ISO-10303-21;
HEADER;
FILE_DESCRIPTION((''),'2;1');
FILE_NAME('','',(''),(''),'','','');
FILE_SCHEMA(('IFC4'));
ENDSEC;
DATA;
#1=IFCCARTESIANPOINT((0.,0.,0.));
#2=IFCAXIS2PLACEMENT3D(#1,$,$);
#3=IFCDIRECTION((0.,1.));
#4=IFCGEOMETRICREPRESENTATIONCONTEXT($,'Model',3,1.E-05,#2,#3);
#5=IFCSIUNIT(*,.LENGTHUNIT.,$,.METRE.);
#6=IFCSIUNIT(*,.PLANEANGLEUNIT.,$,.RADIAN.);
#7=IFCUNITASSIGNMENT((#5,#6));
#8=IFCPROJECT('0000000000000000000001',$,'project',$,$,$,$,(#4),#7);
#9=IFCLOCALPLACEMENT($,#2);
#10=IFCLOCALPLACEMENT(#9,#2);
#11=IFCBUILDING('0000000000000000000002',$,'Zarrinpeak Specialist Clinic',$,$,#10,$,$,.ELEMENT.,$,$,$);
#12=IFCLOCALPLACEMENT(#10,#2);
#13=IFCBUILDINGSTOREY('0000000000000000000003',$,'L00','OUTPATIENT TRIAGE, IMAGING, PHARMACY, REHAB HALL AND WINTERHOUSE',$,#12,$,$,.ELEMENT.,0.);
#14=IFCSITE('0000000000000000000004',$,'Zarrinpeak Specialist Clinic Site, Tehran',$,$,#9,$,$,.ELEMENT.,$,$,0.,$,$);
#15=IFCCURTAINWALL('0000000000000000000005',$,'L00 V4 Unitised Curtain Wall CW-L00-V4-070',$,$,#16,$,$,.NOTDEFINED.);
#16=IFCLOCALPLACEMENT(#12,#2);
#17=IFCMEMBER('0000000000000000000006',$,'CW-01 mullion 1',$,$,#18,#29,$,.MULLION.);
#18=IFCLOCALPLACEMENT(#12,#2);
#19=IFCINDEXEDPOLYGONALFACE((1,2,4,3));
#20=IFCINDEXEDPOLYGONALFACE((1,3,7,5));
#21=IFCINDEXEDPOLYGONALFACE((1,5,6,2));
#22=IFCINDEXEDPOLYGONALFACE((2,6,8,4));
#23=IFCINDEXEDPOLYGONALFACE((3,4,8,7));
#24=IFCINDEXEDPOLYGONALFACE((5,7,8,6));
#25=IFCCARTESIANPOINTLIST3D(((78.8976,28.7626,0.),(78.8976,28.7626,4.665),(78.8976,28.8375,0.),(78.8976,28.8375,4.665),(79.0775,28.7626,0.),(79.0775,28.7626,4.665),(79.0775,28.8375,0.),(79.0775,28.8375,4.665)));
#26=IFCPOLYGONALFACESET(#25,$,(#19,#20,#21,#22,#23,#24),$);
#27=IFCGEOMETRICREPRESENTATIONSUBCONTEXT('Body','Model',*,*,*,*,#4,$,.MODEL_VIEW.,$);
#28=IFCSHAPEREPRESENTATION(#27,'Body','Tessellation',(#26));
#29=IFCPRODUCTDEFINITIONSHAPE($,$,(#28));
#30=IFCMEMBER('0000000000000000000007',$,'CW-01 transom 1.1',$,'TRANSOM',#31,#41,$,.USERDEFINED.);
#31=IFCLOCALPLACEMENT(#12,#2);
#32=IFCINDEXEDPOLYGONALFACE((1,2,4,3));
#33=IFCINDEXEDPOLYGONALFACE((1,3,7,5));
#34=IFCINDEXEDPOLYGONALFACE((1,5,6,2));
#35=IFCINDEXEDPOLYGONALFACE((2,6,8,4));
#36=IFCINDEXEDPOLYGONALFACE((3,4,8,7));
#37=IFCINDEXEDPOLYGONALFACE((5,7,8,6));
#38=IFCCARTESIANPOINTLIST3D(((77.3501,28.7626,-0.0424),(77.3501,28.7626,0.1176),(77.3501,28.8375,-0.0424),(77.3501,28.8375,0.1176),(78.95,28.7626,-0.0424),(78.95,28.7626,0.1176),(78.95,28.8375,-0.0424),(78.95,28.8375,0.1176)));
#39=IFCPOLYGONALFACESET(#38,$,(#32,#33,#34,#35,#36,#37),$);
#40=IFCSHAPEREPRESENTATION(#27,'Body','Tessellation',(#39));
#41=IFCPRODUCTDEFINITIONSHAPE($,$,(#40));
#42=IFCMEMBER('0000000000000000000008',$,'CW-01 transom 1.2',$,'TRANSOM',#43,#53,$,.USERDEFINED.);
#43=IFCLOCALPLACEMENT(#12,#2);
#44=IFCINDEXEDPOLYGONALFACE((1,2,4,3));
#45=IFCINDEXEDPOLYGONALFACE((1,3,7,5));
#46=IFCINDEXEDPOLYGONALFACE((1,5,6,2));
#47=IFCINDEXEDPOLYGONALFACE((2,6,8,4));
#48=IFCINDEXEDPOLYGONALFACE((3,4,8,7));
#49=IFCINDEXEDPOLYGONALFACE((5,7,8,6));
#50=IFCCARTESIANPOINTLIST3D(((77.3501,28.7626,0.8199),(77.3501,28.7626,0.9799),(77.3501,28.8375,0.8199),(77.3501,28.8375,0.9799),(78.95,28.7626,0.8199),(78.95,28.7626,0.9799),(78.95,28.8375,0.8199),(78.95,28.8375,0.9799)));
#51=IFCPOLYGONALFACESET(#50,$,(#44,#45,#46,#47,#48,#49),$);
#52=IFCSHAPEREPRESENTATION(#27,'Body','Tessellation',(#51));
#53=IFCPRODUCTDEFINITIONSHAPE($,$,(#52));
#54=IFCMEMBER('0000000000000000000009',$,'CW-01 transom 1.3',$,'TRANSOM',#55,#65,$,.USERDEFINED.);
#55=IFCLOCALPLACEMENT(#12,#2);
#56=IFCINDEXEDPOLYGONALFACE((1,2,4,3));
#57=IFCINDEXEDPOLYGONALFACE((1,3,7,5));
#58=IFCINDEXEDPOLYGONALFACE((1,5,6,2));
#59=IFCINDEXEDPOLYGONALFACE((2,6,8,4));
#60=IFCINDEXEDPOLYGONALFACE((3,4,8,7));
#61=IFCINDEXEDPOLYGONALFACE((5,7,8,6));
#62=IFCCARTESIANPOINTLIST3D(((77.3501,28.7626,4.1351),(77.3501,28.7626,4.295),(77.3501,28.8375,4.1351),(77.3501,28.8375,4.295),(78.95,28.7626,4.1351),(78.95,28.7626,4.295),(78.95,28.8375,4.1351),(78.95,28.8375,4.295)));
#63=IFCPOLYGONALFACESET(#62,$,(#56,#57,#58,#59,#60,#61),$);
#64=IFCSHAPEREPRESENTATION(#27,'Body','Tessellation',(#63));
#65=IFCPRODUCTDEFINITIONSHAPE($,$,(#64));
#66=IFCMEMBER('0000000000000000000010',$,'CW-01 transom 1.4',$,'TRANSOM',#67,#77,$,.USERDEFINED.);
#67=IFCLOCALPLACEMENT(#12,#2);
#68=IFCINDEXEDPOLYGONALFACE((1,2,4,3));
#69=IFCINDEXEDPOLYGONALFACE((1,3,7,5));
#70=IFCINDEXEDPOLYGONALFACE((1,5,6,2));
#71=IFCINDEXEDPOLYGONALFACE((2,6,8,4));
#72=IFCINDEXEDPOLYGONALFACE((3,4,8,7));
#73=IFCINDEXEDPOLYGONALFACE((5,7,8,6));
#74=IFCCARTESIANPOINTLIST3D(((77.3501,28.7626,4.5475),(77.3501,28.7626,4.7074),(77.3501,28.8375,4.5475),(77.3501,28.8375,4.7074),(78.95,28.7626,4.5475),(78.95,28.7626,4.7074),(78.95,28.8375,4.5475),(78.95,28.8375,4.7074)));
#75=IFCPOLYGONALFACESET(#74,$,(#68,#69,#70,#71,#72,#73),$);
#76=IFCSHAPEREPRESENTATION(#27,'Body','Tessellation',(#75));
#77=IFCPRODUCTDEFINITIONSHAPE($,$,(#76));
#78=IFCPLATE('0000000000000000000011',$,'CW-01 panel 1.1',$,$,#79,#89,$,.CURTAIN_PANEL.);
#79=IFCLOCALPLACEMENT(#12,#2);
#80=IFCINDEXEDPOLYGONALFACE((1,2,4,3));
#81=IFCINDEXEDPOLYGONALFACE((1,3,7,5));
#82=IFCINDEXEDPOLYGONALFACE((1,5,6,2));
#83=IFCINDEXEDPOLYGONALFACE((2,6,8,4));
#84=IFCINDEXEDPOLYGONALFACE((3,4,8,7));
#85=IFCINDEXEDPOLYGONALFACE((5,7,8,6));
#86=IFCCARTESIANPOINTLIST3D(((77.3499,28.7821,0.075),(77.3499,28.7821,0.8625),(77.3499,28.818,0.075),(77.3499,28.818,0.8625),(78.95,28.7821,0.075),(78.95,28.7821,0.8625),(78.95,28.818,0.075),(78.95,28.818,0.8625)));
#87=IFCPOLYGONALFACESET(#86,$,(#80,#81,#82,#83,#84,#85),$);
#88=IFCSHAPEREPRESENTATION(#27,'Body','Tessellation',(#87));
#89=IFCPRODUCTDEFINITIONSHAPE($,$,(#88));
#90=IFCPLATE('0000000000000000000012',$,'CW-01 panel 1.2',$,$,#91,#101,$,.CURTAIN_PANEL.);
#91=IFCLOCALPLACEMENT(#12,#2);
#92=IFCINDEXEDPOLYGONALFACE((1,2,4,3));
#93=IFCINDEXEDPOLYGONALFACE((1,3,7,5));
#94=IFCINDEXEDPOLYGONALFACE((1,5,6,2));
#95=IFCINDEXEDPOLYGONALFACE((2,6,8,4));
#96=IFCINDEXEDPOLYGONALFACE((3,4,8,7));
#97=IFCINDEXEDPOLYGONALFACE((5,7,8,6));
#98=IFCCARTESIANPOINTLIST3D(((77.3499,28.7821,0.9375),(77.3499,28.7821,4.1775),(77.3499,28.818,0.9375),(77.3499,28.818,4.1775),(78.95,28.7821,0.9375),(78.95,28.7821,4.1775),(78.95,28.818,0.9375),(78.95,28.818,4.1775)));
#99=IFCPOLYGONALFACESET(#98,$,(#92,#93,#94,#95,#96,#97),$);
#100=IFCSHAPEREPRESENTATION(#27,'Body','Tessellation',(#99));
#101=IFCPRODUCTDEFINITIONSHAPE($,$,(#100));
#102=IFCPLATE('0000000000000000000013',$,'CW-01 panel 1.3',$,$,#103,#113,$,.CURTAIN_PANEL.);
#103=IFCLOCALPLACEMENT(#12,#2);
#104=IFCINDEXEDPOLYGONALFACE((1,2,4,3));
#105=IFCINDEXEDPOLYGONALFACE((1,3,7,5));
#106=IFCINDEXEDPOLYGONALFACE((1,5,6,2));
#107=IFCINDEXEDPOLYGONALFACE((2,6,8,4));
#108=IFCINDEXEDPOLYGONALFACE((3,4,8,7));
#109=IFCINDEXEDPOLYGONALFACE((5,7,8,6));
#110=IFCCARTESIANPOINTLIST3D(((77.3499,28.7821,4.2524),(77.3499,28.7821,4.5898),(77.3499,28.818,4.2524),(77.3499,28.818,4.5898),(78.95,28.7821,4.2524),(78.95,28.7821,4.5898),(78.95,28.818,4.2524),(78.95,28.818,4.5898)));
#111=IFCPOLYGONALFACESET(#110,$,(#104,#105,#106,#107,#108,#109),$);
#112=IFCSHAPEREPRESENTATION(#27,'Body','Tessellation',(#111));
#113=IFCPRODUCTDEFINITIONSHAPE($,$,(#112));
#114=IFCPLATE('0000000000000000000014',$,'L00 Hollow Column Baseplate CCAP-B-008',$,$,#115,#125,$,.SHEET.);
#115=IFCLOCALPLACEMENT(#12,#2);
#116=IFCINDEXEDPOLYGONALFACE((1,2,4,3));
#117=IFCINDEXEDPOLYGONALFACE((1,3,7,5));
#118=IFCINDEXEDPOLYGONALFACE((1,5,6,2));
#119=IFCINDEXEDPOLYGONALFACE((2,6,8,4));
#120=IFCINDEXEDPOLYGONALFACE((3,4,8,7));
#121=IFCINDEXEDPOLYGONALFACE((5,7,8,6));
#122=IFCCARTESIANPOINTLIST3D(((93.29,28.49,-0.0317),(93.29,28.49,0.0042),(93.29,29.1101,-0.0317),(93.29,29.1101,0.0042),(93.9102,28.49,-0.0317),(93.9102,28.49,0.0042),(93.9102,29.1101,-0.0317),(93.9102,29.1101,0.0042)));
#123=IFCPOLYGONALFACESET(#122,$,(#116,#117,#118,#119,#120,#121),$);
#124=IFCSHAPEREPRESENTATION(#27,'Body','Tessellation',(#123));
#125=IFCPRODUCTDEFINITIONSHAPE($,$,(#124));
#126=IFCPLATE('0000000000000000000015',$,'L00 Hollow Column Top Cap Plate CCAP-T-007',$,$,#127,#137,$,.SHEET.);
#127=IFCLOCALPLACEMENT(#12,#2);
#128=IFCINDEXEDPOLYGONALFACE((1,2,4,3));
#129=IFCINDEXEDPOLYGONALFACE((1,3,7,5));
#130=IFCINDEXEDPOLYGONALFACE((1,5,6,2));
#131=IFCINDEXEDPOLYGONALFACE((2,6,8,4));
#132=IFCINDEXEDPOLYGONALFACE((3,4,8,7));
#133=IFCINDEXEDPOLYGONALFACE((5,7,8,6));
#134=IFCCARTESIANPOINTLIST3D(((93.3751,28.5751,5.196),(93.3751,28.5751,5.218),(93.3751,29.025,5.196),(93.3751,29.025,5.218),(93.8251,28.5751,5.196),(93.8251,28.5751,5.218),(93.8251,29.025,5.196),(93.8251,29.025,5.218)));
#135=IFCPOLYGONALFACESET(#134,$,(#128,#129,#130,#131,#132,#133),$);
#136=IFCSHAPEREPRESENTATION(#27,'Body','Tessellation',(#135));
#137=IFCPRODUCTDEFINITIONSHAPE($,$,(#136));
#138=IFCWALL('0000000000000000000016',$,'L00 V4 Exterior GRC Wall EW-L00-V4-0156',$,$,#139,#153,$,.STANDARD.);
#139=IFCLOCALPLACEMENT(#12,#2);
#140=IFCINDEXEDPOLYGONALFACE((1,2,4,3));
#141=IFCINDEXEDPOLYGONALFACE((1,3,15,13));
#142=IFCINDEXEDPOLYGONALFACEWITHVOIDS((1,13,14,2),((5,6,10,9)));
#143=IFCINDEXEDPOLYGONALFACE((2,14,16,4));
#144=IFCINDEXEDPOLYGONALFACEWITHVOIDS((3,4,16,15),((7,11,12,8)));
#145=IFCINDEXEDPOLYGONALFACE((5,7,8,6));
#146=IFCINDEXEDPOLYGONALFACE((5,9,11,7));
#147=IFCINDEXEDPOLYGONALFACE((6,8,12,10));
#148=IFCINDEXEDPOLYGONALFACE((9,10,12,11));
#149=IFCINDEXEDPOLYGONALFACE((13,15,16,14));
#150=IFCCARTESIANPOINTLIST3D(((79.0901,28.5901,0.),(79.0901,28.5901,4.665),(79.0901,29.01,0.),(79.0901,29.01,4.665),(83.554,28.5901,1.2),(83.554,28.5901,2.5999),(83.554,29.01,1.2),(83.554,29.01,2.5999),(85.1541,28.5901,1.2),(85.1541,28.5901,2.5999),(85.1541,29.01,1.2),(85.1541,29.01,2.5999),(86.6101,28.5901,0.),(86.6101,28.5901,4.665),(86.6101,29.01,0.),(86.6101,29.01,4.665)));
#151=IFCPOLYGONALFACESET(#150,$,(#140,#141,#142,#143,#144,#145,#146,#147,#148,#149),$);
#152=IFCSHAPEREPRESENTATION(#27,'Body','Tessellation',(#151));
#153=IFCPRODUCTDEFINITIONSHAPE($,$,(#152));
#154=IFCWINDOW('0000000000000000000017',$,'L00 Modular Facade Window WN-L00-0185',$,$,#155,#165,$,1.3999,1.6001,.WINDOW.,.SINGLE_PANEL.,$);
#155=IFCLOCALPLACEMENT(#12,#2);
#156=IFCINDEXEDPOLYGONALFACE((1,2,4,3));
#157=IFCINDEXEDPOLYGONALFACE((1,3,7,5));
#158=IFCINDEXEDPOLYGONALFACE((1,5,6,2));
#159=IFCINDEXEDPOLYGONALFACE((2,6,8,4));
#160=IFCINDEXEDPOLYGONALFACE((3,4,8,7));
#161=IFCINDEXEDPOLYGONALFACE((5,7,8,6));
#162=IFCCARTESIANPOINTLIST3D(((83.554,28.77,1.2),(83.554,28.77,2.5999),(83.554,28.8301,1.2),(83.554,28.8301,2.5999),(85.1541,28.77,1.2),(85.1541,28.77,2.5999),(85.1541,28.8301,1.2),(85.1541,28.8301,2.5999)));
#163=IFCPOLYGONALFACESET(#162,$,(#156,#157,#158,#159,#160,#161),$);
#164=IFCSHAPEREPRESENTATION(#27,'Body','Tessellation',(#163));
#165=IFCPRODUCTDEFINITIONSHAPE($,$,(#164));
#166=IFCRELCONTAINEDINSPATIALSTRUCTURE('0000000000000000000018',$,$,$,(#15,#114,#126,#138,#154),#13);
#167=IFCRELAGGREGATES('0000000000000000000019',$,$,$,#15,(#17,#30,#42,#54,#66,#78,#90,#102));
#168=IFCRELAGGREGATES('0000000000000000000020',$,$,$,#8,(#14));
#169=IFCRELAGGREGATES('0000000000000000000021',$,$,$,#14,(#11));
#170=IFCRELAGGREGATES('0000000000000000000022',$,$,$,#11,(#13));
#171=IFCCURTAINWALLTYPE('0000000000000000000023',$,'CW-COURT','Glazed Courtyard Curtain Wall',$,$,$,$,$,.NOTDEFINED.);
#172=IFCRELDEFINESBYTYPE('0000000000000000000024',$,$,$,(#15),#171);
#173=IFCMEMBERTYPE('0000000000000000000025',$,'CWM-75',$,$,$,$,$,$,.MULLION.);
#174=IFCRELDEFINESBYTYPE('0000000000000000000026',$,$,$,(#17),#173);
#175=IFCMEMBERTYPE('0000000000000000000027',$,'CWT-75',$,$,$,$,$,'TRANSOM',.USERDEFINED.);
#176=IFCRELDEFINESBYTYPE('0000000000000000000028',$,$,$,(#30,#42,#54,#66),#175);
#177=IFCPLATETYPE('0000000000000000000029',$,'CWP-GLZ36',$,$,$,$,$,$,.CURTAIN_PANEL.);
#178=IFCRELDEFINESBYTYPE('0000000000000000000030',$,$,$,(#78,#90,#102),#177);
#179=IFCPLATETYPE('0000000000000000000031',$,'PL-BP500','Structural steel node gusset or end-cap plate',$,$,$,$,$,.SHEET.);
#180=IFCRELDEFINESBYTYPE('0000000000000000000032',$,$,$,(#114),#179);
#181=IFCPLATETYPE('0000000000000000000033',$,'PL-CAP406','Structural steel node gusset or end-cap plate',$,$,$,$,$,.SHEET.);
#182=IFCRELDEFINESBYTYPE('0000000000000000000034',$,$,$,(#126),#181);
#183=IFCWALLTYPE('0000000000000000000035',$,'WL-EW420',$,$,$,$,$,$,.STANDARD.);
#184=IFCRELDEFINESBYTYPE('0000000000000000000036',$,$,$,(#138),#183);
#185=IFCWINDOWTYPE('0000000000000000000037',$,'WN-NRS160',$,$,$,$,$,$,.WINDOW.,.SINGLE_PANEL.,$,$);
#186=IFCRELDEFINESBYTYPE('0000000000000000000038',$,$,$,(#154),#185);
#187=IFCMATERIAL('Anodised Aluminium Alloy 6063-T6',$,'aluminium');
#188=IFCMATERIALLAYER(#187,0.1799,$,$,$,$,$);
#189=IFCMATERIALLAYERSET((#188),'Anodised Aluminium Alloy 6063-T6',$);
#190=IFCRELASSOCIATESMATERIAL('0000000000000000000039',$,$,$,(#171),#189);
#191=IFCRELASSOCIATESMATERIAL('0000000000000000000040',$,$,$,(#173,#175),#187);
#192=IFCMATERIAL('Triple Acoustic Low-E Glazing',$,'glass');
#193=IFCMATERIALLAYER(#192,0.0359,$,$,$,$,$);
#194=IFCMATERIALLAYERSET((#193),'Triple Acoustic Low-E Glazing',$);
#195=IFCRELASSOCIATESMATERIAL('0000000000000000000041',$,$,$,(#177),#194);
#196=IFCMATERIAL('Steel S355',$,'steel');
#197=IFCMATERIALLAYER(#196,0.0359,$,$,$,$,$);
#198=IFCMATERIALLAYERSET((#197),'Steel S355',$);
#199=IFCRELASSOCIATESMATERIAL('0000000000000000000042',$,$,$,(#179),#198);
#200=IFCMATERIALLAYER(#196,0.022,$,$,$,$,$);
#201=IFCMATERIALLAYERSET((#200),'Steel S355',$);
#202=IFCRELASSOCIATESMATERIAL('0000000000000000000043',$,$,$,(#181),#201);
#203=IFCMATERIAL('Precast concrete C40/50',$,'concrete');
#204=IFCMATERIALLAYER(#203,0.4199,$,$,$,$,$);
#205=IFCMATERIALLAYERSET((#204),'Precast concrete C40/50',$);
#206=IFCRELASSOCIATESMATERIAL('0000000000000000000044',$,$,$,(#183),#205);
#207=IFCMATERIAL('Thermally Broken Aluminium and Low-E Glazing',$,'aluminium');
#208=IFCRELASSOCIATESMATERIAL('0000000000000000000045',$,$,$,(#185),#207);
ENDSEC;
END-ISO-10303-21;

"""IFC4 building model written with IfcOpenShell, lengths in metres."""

from ifc_helpers import new_model, si_unit, direction, frame, frame_2d, origin, origin_2d, place, context, subcontext, project, spatial, rectangle, extrude, material, layer, layer_set, material_profile, profile_set, type_object, element, fill, aggregate, save


model = new_model("IFC4")

# Units and contexts
model_context = context("Model", 3, precision=1e-05, world=origin(), true_north=direction((0.0, 1.0)))
body_context = subcontext(model_context, "Body", "Model", "MODEL_VIEW")
ifc_project = project(units=[si_unit("LENGTHUNIT", "METRE"), si_unit("PLANEANGLEUNIT", "RADIAN")], contexts=[model_context])

# Site, building, storey
site_placement = place(None, origin())
site = spatial("IfcSite", under=ifc_project, at=site_placement, Name="Zarrinpeak Specialist Clinic Site, Tehran", CompositionType="ELEMENT", RefElevation=0.0)
building_placement = place(site_placement, origin())
building = spatial("IfcBuilding", under=site, at=building_placement, Name="Zarrinpeak Specialist Clinic", CompositionType="ELEMENT")
storey_placement = place(building_placement, origin())
storey = spatial("IfcBuildingStorey", under=building, at=storey_placement, Name="L00", Description="OUTPATIENT TRIAGE, IMAGING, PHARMACY, REHAB HALL AND WINTERHOUSE", CompositionType="ELEMENT", Elevation=0.0)

# Shared definitions
ifc_material_1 = material(Name="Steel S355", Category="steel")

# Curtain wall, members, plates
ifc_material_2 = material(Name="Anodised Aluminium Alloy 6063-T6", Category="aluminium")
ifc_layer_1 = layer(ifc_material_2, 0.1799)
ifc_layer_set_1 = layer_set([ifc_layer_1], Name="Anodised Aluminium Alloy 6063-T6")
curtain_wall_type = type_object("IfcCurtainWallType", Name="CW-COURT", Description="Glazed Courtyard Curtain Wall", PredefinedType="NOTDEFINED", material=ifc_layer_set_1)
curtain_wall_placement = place(storey_placement, origin())
curtain_wall = element("IfcCurtainWall", 1, at=curtain_wall_placement, inside=storey, type_object=curtain_wall_type, Name="L00 V4 Unitised Curtain Wall CW-L00-V4-070", PredefinedType="NOTDEFINED")
ifc_material_profile_1 = material_profile(ifc_material_2, rectangle(XDim=0.075, YDim=0.1799, at=origin_2d()), Name="ALU 75x180")
ifc_profile_set_1 = profile_set([ifc_material_profile_1], Name="Anodised Aluminium Alloy 6063-T6")
member_type_1 = type_object("IfcMemberType", Name="CWM-75", PredefinedType="MULLION", material=ifc_profile_set_1)
member_1_placement = place(storey_placement, frame((78.9875, 28.8, 0.0), z_axis=(0.0, 0.0, 1.0), x_axis=(0.0, -1.0, 0.0)))
member_1 = element("IfcMember", 2, at=member_1_placement, type_object=member_type_1, Name="CW-01 mullion 1", PredefinedType="MULLION", context=body_context, shape_type="SweptSolid", body=[
    extrude(rectangle(XDim=0.075, YDim=0.1799, at=origin_2d()), origin(), (0.0, 0.0, 1.0), 4.665),
])
ifc_material_profile_2 = material_profile(ifc_material_2, rectangle(XDim=0.075, YDim=0.1599, at=origin_2d()), Name="ALU 75x160")
ifc_profile_set_2 = profile_set([ifc_material_profile_2], Name="Anodised Aluminium Alloy 6063-T6")
member_type_2 = type_object("IfcMemberType", Name="CWT-75", ElementType="TRANSOM", PredefinedType="USERDEFINED", material=ifc_profile_set_2)
member_2_placement = place(storey_placement, frame((78.95, 28.8, 0.0376), z_axis=(-1.0, 0.0, 0.0), x_axis=(0.0, -1.0, 0.0)))
member_2 = element("IfcMember", 3, at=member_2_placement, type_object=member_type_2, Name="CW-01 transom 1.1", ObjectType="TRANSOM", PredefinedType="USERDEFINED", context=body_context, shape_type="SweptSolid", body=[
    extrude(rectangle(XDim=0.075, YDim=0.1599, at=origin_2d()), origin(), (0.0, 0.0, 1.0), 1.5999),
])
member_3_placement = place(storey_placement, frame((78.95, 28.8, 0.8999), z_axis=(-1.0, 0.0, 0.0), x_axis=(0.0, -1.0, 0.0)))
member_3 = element("IfcMember", 4, at=member_3_placement, type_object=member_type_2, Name="CW-01 transom 1.2", ObjectType="TRANSOM", PredefinedType="USERDEFINED", context=body_context, shape_type="SweptSolid", body=[
    extrude(rectangle(XDim=0.075, YDim=0.1599, at=origin_2d()), origin(), (0.0, 0.0, 1.0), 1.5999),
])
member_4_placement = place(storey_placement, frame((78.95, 28.8, 4.2151), z_axis=(-1.0, 0.0, 0.0), x_axis=(0.0, -1.0, 0.0)))
member_4 = element("IfcMember", 5, at=member_4_placement, type_object=member_type_2, Name="CW-01 transom 1.3", ObjectType="TRANSOM", PredefinedType="USERDEFINED", context=body_context, shape_type="SweptSolid", body=[
    extrude(rectangle(XDim=0.075, YDim=0.1599, at=origin_2d()), origin(), (0.0, 0.0, 1.0), 1.5999),
])
member_5_placement = place(storey_placement, frame((78.95, 28.8, 4.6274), z_axis=(-1.0, 0.0, 0.0), x_axis=(0.0, -1.0, 0.0)))
member_5 = element("IfcMember", 6, at=member_5_placement, type_object=member_type_2, Name="CW-01 transom 1.4", ObjectType="TRANSOM", PredefinedType="USERDEFINED", context=body_context, shape_type="SweptSolid", body=[
    extrude(rectangle(XDim=0.075, YDim=0.1599, at=origin_2d()), origin(), (0.0, 0.0, 1.0), 1.5999),
])
ifc_material_3 = material(Name="Triple Acoustic Low-E Glazing", Category="glass")
ifc_layer_2 = layer(ifc_material_3, 0.0359)
ifc_layer_set_2 = layer_set([ifc_layer_2], Name="Triple Acoustic Low-E Glazing")
plate_type_1 = type_object("IfcPlateType", Name="CWP-GLZ36", PredefinedType="CURTAIN_PANEL", material=ifc_layer_set_2)
plate_1_placement = place(storey_placement, frame((78.1499, 28.8, 0.075), z_axis=(0.0, 0.0, 1.0), x_axis=(-1.0, 0.0, 0.0)))
plate_1 = element("IfcPlate", 7, at=plate_1_placement, type_object=plate_type_1, Name="CW-01 panel 1.1", PredefinedType="CURTAIN_PANEL", context=body_context, shape_type="SweptSolid", body=[
    extrude(rectangle(XDim=1.6001, YDim=0.0359, at=origin_2d()), origin(), (0.0, 0.0, 1.0), 0.7876),
])
plate_2_placement = place(storey_placement, frame((78.1499, 28.8, 0.9375), z_axis=(0.0, 0.0, 1.0), x_axis=(-1.0, 0.0, 0.0)))
plate_2 = element("IfcPlate", 8, at=plate_2_placement, type_object=plate_type_1, Name="CW-01 panel 1.2", PredefinedType="CURTAIN_PANEL", context=body_context, shape_type="SweptSolid", body=[
    extrude(rectangle(XDim=1.6001, YDim=0.0359, at=origin_2d()), origin(), (0.0, 0.0, 1.0), 3.24),
])
plate_3_placement = place(storey_placement, frame((78.1499, 28.8, 4.2524), z_axis=(0.0, 0.0, 1.0), x_axis=(-1.0, 0.0, 0.0)))
plate_3 = element("IfcPlate", 9, at=plate_3_placement, type_object=plate_type_1, Name="CW-01 panel 1.3", PredefinedType="CURTAIN_PANEL", context=body_context, shape_type="SweptSolid", body=[
    extrude(rectangle(XDim=1.6001, YDim=0.0359, at=origin_2d()), origin(), (0.0, 0.0, 1.0), 0.3374),
])
aggregate(curtain_wall, [member_1, member_2, member_3, member_4, member_5, plate_1, plate_2, plate_3])

# Plates
ifc_layer_3 = layer(ifc_material_1, 0.0359)
ifc_layer_set_3 = layer_set([ifc_layer_3], Name="Steel S355")
plate_type_2 = type_object("IfcPlateType", Name="PL-BP500", Description="Structural steel node gusset or end-cap plate", PredefinedType="SHEET", material=ifc_layer_set_3)
plate_4_placement = place(storey_placement, frame((93.6001, 28.8, -0.0317), z_axis=(0.0, 0.0, 1.0), x_axis=(1.0, 0.0, 0.0)))
element("IfcPlate", 10, at=plate_4_placement, inside=storey, type_object=plate_type_2, Name="L00 Hollow Column Baseplate CCAP-B-008", PredefinedType="SHEET", context=body_context, shape_type="SweptSolid", body=[
    extrude(rectangle(XDim=0.6201, YDim=0.6201, at=origin_2d()), origin(), (0.0, 0.0, 1.0), 0.0359),
])
ifc_layer_4 = layer(ifc_material_1, 0.022)
ifc_layer_set_4 = layer_set([ifc_layer_4], Name="Steel S355")
plate_type_3 = type_object("IfcPlateType", Name="PL-CAP406", Description="Structural steel node gusset or end-cap plate", PredefinedType="SHEET", material=ifc_layer_set_4)
plate_5_placement = place(storey_placement, frame((93.6001, 28.8, 5.196), z_axis=(0.0, 0.0, 1.0), x_axis=(1.0, 0.0, 0.0)))
element("IfcPlate", 11, at=plate_5_placement, inside=storey, type_object=plate_type_3, Name="L00 Hollow Column Top Cap Plate CCAP-T-007", PredefinedType="SHEET", context=body_context, shape_type="SweptSolid", body=[
    extrude(rectangle(XDim=0.45, YDim=0.45, at=origin_2d()), origin(), (0.0, 0.0, 1.0), 0.022),
])

# Wall, opening, window
ifc_material_4 = material(Name="Precast concrete C40/50", Category="concrete")
ifc_layer_5 = layer(ifc_material_4, 0.4199)
ifc_layer_set_5 = layer_set([ifc_layer_5], Name="Precast concrete C40/50")
wall_type = type_object("IfcWallType", Name="WL-EW420", PredefinedType="STANDARD", material=ifc_layer_set_5)
wall_placement = place(storey_placement, frame((86.6101, 28.8, 0.0), z_axis=(0.0, 0.0, 1.0), x_axis=(-1.0, 0.0, 0.0)))
wall = element("IfcWall", 12, at=wall_placement, inside=storey, type_object=wall_type, Name="L00 V4 Exterior GRC Wall EW-L00-V4-0156", PredefinedType="STANDARD", context=body_context, shape_type="SweptSolid", body=[
    extrude(rectangle(XDim=7.52, YDim=0.4199, at=frame_2d((3.76, 0.0))), origin(), (0.0, 0.0, 1.0), 4.665),
])
opening_placement = place(wall_placement, frame((1.4561, 0.0, 1.2)))
opening = element("IfcOpeningElement", 13, at=opening_placement, cuts=wall, PredefinedType="OPENING", context=body_context, shape_type="SweptSolid", body=[
    extrude(rectangle(XDim=1.6001, YDim=1.3999, at=frame_2d((0.8, 0.7))), frame((0.0, 0.22, 0.0), z_axis=(0.0, -1.0, 0.0), x_axis=(1.0, 0.0, 0.0)), (0.0, 0.0, 1.0), 0.4399),
])
ifc_material_5 = material(Name="Thermally Broken Aluminium and Low-E Glazing", Category="aluminium")
window_type = type_object("IfcWindowType", Name="WN-NRS160", PartitioningType="SINGLE_PANEL", PredefinedType="WINDOW", material=ifc_material_5)
window_placement = place(opening_placement, origin())
window = element("IfcWindow", 14, at=window_placement, inside=storey, type_object=window_type, Name="L00 Modular Facade Window WN-L00-0185", OverallHeight=1.3999, OverallWidth=1.6001, PartitioningType="SINGLE_PANEL", PredefinedType="WINDOW", context=body_context, shape_type="SweptSolid", body=[
    extrude(rectangle(XDim=1.6001, YDim=1.3999, at=frame_2d((0.8, 0.7))), frame((0.0, 0.03, 0.0), z_axis=(0.0, -1.0, 0.0), x_axis=(1.0, 0.0, 0.0)), (0.0, 0.0, 1.0), 0.0601),
])
fill(opening, window)

save(model, "model.ifc")
